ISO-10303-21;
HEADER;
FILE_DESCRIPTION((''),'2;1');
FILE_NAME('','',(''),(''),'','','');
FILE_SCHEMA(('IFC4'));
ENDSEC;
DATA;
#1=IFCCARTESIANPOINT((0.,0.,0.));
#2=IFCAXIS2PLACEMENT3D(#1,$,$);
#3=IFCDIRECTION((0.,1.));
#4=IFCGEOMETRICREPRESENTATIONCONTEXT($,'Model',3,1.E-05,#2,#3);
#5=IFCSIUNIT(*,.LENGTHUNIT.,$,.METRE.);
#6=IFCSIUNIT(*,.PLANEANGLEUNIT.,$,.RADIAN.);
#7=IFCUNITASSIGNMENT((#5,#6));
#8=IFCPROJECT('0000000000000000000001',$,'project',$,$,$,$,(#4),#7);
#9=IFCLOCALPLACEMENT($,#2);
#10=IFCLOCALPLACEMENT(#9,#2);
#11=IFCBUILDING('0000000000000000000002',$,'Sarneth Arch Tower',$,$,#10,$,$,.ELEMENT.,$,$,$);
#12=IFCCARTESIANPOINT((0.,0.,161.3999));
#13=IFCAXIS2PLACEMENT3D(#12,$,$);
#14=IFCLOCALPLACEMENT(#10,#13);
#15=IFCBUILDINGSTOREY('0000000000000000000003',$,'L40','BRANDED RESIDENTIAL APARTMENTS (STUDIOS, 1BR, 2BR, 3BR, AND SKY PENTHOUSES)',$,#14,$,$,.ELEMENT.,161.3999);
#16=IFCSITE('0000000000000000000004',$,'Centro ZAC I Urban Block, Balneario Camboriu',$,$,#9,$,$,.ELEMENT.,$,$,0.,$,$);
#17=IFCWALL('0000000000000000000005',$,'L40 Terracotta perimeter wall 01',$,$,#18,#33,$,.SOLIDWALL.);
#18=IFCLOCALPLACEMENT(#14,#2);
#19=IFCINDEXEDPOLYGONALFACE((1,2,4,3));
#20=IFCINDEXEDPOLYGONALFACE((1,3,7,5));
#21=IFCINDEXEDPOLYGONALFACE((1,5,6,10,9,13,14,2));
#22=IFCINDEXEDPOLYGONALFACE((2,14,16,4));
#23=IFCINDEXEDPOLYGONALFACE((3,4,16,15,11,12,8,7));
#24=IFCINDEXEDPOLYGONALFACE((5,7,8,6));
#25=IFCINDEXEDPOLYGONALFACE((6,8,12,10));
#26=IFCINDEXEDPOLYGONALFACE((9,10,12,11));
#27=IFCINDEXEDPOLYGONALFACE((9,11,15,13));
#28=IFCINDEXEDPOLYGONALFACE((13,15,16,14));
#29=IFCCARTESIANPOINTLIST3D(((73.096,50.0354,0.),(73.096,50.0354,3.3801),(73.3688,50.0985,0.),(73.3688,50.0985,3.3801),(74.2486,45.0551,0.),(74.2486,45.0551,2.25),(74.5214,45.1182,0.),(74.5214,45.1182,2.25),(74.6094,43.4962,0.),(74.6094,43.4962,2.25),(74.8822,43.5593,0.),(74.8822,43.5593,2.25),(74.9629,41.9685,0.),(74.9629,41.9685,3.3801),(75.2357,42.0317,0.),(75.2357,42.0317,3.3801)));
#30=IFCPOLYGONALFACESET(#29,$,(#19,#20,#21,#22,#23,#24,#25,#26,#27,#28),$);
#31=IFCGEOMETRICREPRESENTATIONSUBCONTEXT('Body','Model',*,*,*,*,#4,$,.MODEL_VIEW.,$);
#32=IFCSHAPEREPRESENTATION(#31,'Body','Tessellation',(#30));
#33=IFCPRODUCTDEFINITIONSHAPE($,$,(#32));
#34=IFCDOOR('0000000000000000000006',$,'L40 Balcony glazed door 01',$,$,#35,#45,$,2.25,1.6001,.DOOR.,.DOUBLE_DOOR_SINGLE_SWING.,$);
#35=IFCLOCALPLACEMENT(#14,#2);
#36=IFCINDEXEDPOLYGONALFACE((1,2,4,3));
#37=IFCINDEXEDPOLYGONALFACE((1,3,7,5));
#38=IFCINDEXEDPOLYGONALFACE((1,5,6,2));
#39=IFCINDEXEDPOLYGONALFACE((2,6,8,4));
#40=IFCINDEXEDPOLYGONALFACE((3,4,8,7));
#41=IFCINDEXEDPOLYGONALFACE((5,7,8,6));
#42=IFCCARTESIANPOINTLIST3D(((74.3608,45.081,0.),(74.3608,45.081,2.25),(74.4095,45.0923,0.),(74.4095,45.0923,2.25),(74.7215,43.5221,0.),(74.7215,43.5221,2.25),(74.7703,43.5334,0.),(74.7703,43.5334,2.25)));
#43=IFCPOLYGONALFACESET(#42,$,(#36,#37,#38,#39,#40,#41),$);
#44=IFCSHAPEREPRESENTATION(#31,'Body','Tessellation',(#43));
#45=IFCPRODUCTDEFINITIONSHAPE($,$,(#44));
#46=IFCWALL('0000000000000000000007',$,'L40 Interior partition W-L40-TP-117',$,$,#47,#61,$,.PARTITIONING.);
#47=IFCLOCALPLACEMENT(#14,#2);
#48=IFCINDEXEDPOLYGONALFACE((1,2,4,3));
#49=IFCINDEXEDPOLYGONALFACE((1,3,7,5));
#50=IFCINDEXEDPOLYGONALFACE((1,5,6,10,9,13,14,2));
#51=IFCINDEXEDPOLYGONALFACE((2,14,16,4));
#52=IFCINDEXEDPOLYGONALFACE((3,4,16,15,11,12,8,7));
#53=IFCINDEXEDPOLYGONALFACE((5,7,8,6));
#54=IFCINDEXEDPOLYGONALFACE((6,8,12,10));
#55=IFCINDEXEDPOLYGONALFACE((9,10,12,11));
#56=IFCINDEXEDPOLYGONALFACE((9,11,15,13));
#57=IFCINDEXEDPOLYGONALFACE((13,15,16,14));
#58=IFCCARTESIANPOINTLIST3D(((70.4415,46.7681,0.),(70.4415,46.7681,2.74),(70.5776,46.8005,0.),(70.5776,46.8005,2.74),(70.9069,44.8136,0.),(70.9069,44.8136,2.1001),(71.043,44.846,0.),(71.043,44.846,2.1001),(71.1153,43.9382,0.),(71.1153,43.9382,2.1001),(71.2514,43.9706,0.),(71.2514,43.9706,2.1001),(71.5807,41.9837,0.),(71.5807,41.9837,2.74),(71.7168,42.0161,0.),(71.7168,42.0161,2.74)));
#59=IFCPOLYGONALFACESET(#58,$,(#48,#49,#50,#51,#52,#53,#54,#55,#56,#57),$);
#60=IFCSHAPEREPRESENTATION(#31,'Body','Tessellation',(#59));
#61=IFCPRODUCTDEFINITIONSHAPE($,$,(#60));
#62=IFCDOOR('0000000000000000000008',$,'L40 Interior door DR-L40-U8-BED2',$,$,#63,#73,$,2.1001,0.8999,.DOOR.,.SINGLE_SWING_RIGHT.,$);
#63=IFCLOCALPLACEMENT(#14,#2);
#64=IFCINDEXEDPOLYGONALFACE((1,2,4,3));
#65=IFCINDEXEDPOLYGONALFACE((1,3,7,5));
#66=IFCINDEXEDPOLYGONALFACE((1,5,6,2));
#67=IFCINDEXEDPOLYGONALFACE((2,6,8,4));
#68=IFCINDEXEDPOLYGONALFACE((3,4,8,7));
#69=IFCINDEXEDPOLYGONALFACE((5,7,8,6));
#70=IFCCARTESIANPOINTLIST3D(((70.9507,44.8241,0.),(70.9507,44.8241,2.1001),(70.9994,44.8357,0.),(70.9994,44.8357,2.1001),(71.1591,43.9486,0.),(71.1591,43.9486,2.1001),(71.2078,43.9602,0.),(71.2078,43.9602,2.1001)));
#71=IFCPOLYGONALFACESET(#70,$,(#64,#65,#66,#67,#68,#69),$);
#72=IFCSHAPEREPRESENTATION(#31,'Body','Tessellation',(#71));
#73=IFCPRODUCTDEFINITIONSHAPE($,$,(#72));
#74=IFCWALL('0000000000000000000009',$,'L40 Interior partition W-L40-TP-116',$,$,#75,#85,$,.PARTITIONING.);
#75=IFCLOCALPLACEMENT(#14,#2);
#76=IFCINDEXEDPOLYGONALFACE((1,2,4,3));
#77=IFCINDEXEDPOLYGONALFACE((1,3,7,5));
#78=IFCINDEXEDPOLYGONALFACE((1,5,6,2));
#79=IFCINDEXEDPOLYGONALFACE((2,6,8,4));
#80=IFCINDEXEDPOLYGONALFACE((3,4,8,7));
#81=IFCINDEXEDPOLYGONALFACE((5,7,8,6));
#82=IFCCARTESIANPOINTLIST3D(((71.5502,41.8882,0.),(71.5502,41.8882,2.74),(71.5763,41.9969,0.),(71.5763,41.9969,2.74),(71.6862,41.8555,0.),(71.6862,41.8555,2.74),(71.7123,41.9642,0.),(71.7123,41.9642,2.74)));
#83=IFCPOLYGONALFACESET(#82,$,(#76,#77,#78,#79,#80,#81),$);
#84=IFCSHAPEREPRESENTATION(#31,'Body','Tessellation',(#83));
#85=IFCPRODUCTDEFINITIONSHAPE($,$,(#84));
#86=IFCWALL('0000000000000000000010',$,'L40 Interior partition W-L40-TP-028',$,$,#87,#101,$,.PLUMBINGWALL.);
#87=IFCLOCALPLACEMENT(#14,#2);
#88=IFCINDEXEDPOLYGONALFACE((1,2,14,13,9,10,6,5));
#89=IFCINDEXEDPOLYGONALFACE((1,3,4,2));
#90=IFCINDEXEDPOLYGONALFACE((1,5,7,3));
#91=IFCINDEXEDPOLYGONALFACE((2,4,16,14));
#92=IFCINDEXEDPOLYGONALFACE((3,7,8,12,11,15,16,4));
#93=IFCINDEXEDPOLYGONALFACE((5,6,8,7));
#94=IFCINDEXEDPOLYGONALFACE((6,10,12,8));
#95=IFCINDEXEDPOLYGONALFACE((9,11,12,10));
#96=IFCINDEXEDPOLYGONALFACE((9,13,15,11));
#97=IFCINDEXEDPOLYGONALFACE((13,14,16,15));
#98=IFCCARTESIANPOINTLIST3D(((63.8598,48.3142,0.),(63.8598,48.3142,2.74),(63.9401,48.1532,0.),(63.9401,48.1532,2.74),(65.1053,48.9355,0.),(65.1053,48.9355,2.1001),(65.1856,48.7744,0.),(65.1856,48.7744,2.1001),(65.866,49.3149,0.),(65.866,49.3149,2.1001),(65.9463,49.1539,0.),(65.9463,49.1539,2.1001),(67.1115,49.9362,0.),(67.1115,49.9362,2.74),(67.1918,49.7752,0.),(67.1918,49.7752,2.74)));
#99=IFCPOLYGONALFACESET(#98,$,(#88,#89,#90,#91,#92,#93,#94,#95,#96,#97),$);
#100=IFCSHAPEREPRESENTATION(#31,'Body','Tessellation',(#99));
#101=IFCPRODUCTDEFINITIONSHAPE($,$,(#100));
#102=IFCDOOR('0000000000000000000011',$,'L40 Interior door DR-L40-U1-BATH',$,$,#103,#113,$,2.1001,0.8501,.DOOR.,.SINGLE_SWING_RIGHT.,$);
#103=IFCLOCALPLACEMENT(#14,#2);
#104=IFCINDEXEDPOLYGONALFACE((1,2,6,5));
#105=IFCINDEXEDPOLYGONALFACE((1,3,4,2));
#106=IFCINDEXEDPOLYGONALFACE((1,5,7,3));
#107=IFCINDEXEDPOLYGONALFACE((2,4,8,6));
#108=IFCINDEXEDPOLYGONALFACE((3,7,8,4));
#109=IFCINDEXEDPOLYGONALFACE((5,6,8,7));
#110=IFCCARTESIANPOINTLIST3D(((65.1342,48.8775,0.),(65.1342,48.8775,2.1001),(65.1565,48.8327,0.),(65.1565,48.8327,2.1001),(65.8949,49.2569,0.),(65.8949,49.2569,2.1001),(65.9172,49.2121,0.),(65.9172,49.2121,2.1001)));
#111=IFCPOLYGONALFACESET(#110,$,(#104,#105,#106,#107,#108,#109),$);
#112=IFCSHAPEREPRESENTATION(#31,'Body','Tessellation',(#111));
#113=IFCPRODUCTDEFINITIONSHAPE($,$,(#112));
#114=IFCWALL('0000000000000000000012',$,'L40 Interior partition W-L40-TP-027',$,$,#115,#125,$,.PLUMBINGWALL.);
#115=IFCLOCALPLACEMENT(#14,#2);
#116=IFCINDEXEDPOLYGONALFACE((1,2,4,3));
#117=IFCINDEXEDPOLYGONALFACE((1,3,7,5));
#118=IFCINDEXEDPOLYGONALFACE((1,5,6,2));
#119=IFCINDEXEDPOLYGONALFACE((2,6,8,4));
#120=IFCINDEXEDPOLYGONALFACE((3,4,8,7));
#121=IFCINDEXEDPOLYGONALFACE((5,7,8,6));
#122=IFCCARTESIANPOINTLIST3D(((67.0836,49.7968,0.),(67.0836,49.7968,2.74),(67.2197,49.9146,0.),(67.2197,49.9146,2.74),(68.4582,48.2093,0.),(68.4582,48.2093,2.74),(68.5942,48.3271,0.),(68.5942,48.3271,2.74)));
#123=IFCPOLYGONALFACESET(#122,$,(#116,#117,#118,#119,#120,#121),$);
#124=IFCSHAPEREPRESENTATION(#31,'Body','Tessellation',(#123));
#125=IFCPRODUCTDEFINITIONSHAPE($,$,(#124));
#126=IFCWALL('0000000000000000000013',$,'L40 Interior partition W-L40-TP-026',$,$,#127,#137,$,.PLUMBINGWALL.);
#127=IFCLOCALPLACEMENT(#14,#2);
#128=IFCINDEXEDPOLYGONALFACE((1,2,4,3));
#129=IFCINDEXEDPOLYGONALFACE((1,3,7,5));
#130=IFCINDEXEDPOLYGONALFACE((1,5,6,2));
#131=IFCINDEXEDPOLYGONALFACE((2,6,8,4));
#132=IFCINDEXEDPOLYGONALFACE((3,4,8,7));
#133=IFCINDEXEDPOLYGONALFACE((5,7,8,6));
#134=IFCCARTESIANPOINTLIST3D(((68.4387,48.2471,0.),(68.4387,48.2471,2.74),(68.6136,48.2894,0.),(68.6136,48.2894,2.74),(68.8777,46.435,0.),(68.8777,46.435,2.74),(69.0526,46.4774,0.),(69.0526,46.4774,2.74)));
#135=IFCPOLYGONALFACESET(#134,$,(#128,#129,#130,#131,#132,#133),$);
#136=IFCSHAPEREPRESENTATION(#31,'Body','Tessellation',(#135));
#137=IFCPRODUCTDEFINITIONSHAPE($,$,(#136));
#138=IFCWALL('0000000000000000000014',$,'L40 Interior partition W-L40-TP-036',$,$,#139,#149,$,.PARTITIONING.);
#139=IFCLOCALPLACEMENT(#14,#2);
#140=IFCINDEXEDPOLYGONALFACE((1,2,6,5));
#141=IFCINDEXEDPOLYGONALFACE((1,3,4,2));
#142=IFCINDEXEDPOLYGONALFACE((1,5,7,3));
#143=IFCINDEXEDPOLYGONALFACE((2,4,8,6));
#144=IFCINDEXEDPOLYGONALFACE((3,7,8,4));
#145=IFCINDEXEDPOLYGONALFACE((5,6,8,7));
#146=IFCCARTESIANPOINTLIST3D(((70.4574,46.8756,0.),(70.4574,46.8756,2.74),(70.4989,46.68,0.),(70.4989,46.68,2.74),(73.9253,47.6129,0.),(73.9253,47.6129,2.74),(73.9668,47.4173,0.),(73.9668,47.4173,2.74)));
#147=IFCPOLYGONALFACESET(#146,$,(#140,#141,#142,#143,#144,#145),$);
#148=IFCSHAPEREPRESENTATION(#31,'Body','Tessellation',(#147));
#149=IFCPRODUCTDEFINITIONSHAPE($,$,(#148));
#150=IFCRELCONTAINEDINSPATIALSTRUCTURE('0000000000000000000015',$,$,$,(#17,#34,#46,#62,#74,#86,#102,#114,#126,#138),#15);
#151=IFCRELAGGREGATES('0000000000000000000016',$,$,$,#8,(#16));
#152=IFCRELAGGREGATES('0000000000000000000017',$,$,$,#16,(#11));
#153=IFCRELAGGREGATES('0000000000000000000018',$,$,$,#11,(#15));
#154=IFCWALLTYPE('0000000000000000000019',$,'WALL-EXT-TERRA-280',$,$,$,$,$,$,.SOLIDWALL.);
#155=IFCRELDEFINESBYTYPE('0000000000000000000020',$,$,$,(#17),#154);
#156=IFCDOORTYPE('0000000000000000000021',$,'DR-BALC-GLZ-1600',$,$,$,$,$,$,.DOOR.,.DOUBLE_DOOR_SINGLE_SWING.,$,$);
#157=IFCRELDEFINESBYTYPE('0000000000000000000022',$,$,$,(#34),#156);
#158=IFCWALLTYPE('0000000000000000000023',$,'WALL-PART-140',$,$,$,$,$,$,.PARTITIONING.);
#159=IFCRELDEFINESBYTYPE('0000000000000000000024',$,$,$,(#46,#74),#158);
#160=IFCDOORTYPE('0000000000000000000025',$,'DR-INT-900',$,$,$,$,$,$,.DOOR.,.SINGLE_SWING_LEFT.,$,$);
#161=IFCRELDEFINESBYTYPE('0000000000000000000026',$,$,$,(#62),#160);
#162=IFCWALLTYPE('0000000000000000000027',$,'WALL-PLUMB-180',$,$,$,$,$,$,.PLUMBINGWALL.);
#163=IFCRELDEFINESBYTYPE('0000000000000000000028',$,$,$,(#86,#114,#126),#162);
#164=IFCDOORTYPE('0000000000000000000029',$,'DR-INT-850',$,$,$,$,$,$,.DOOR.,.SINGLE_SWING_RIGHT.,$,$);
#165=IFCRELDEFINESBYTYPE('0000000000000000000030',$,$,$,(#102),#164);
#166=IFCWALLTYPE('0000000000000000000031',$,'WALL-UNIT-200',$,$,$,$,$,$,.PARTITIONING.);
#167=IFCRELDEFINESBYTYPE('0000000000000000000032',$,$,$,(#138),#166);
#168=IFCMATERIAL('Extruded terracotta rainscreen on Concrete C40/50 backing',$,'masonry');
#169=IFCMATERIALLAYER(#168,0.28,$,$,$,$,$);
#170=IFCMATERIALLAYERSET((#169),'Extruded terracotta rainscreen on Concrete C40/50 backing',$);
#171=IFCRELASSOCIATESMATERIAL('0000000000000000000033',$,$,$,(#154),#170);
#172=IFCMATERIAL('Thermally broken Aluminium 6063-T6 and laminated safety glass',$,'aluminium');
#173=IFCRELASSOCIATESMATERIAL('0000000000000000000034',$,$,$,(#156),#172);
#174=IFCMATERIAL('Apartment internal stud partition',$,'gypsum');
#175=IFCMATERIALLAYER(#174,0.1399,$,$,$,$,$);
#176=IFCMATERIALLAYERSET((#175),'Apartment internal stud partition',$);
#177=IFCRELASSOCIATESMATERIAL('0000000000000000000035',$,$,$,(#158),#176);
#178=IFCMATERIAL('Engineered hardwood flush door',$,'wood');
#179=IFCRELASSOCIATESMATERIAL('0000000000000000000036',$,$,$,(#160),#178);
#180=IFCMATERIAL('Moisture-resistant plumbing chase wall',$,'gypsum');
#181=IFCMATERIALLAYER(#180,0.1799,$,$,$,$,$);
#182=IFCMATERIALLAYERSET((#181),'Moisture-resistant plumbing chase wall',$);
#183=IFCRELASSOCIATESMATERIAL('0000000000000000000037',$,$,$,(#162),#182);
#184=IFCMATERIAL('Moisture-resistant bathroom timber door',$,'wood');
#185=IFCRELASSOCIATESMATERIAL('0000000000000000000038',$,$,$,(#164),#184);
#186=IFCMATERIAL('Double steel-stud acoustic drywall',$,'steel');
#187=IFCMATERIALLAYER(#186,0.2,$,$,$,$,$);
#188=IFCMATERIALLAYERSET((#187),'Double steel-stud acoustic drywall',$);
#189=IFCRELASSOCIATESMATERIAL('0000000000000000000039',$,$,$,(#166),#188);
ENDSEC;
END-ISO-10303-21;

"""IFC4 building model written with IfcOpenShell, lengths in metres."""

from ifc_helpers import new_model, si_unit, direction, frame, frame_2d, origin, place, context, subcontext, project, spatial, rectangle, extrude, material, layer, layer_set, type_object, element, fill, save


model = new_model("IFC4")

# Units and contexts
model_context = context("Model", 3, precision=1e-05, world=origin(), true_north=direction((0.0, 1.0)))
body_context = subcontext(model_context, "Body", "Model", "MODEL_VIEW")
ifc_project = project(units=[si_unit("LENGTHUNIT", "METRE"), si_unit("PLANEANGLEUNIT", "RADIAN")], contexts=[model_context])

# Site, building, storey
site_placement = place(None, origin())
site = spatial("IfcSite", under=ifc_project, at=site_placement, Name="Centro ZAC I Urban Block, Balneario Camboriu", CompositionType="ELEMENT", RefElevation=0.0)
building_placement = place(site_placement, origin())
building = spatial("IfcBuilding", under=site, at=building_placement, Name="Sarneth Arch Tower", CompositionType="ELEMENT")
storey_placement = place(building_placement, frame((0.0, 0.0, 161.3999)))
storey = spatial("IfcBuildingStorey", under=building, at=storey_placement, Name="L40", Description="BRANDED RESIDENTIAL APARTMENTS (STUDIOS, 1BR, 2BR, 3BR, AND SKY PENTHOUSES)", CompositionType="ELEMENT", Elevation=161.3999)

# Walls, openings, doors
ifc_material_1 = material(Name="Extruded terracotta rainscreen on Concrete C40/50 backing", Category="masonry")
ifc_layer_1 = layer(ifc_material_1, 0.28)
ifc_layer_set_1 = layer_set([ifc_layer_1], Name="Extruded terracotta rainscreen on Concrete C40/50 backing")
wall_type_1 = type_object("IfcWallType", Name="WALL-EXT-TERRA-280", PredefinedType="SOLIDWALL", material=ifc_layer_set_1)
wall_1_placement = place(storey_placement, frame((75.0994, 42.0, 0.0), z_axis=(0.0, 0.0, 1.0), x_axis=(-0.225473, 0.974249, 0.0)))
wall_1 = element("IfcWall", 1, at=wall_1_placement, inside=storey, type_object=wall_type_1, Name="L40 Terracotta perimeter wall 01", PredefinedType="SOLIDWALL", context=body_context, shape_type="SweptSolid", body=[
    extrude(rectangle(XDim=8.28, YDim=0.28, at=frame_2d((4.1401, 0.0))), origin(), (0.0, 0.0, 1.0), 3.3801),
])
opening_1_placement = place(wall_1_placement, frame((1.5681, 0.0, 0.0)))
opening_1 = element("IfcOpeningElement", 2, at=opening_1_placement, cuts=wall_1, PredefinedType="OPENING", context=body_context, shape_type="SweptSolid", body=[
    extrude(rectangle(XDim=1.6001, YDim=2.25, at=frame_2d((0.8, 1.125))), frame((0.0, 0.1499, 0.0), z_axis=(0.0, -1.0, 0.0), x_axis=(1.0, 0.0, 0.0)), (0.0, 0.0, 1.0), 0.3),
])
ifc_material_2 = material(Name="Thermally broken Aluminium 6063-T6 and laminated safety glass", Category="aluminium")
door_type_1 = type_object("IfcDoorType", Name="DR-BALC-GLZ-1600", OperationType="DOUBLE_DOOR_SINGLE_SWING", PredefinedType="DOOR", material=ifc_material_2)
door_1_placement = place(opening_1_placement, origin())
door_1 = element("IfcDoor", 3, at=door_1_placement, inside=storey, type_object=door_type_1, Name="L40 Balcony glazed door 01", OperationType="DOUBLE_DOOR_SINGLE_SWING", OverallHeight=2.25, OverallWidth=1.6001, PredefinedType="DOOR", context=body_context, shape_type="SweptSolid", body=[
    extrude(rectangle(XDim=1.6001, YDim=2.25, at=frame_2d((0.8, 1.125))), frame((0.0, 0.0249, 0.0), z_axis=(0.0, -1.0, 0.0), x_axis=(1.0, 0.0, 0.0)), (0.0, 0.0, 1.0), 0.05),
])
fill(opening_1, door_1)
ifc_material_3 = material(Name="Apartment internal stud partition", Category="gypsum")
ifc_layer_2 = layer(ifc_material_3, 0.1399)
ifc_layer_set_2 = layer_set([ifc_layer_2], Name="Apartment internal stud partition")
wall_type_2 = type_object("IfcWallType", Name="WALL-PART-140", PredefinedType="PARTITIONING", material=ifc_layer_set_2)
wall_2_placement = place(storey_placement, frame((71.6487, 42.0, 0.0), z_axis=(0.0, 0.0, 1.0), x_axis=(-0.231623, 0.972806, 0.0)))
wall_2 = element("IfcWall", 4, at=wall_2_placement, inside=storey, type_object=wall_type_2, Name="L40 Interior partition W-L40-TP-117", PredefinedType="PARTITIONING", context=body_context, shape_type="SweptSolid", body=[
    extrude(rectangle(XDim=4.9182, YDim=0.1399, at=frame_2d((2.459, 0.0))), origin(), (0.0, 0.0, 1.0), 2.74),
])
opening_2_placement = place(wall_2_placement, frame((2.009, 0.0, 0.0)))
opening_2 = element("IfcOpeningElement", 5, at=opening_2_placement, cuts=wall_2, PredefinedType="OPENING", context=body_context, shape_type="SweptSolid", body=[
    extrude(rectangle(XDim=0.8999, YDim=2.1001, at=frame_2d((0.45, 1.05))), frame((0.0, 0.0798, 0.0), z_axis=(0.0, -1.0, 0.0), x_axis=(1.0, 0.0, 0.0)), (0.0, 0.0, 1.0), 0.1599),
])
ifc_material_4 = material(Name="Engineered hardwood flush door", Category="wood")
door_type_2 = type_object("IfcDoorType", Name="DR-INT-900", OperationType="SINGLE_SWING_LEFT", PredefinedType="DOOR", material=ifc_material_4)
door_2_placement = place(opening_2_placement, origin())
door_2 = element("IfcDoor", 6, at=door_2_placement, inside=storey, type_object=door_type_2, Name="L40 Interior door DR-L40-U8-BED2", OperationType="SINGLE_SWING_RIGHT", OverallHeight=2.1001, OverallWidth=0.8999, PredefinedType="DOOR", context=body_context, shape_type="SweptSolid", body=[
    extrude(rectangle(XDim=0.8999, YDim=2.1001, at=frame_2d((0.45, 1.05))), frame((0.0, 0.0249, 0.0), z_axis=(0.0, -1.0, 0.0), x_axis=(1.0, 0.0, 0.0)), (0.0, 0.0, 1.0), 0.05),
])
fill(opening_2, door_2)

# Wall
wall_3_placement = place(storey_placement, frame((71.6182, 41.8718, 0.0), z_axis=(0.0, 0.0, 1.0), x_axis=(0.233786, 0.972288, 0.0)))
element("IfcWall", 7, at=wall_3_placement, inside=storey, type_object=wall_type_2, Name="L40 Interior partition W-L40-TP-116", PredefinedType="PARTITIONING", context=body_context, shape_type="SweptSolid", body=[
    extrude(rectangle(XDim=0.1118, YDim=0.1399, at=frame_2d((0.0559, 0.0))), origin(), (0.0, 0.0, 1.0), 2.74),
])

# Wall, opening, door
ifc_material_5 = material(Name="Moisture-resistant plumbing chase wall", Category="gypsum")
ifc_layer_3 = layer(ifc_material_5, 0.1799)
ifc_layer_set_3 = layer_set([ifc_layer_3], Name="Moisture-resistant plumbing chase wall")
wall_type_3 = type_object("IfcWallType", Name="WALL-PLUMB-180", PredefinedType="PLUMBINGWALL", material=ifc_layer_set_3)
wall_4_placement = place(storey_placement, frame((67.1516, 49.8557, 0.0), z_axis=(0.0, 0.0, 1.0), x_axis=(-0.894843, -0.44638, 0.0)))
wall_4 = element("IfcWall", 8, at=wall_4_placement, inside=storey, type_object=wall_type_3, Name="L40 Interior partition W-L40-TP-028", PredefinedType="PLUMBINGWALL", context=body_context, shape_type="SweptSolid", body=[
    extrude(rectangle(XDim=3.6338, YDim=0.1799, at=frame_2d((1.8169, 0.0))), origin(), (0.0, 0.0, 1.0), 2.74),
])
opening_3_placement = place(wall_4_placement, frame((1.3918, 0.0, 0.0)))
opening_3 = element("IfcOpeningElement", 9, at=opening_3_placement, cuts=wall_4, PredefinedType="OPENING", context=body_context, shape_type="SweptSolid", body=[
    extrude(rectangle(XDim=0.8501, YDim=2.1001, at=frame_2d((0.425, 1.05))), frame((0.0, 0.0999, 0.0), z_axis=(0.0, -1.0, 0.0), x_axis=(1.0, 0.0, 0.0)), (0.0, 0.0, 1.0), 0.2),
])
ifc_material_6 = material(Name="Moisture-resistant bathroom timber door", Category="wood")
door_type_3 = type_object("IfcDoorType", Name="DR-INT-850", OperationType="SINGLE_SWING_RIGHT", PredefinedType="DOOR", material=ifc_material_6)
door_3_placement = place(opening_3_placement, origin())
door_3 = element("IfcDoor", 10, at=door_3_placement, inside=storey, type_object=door_type_3, Name="L40 Interior door DR-L40-U1-BATH", OperationType="SINGLE_SWING_RIGHT", OverallHeight=2.1001, OverallWidth=0.8501, PredefinedType="DOOR", context=body_context, shape_type="SweptSolid", body=[
    extrude(rectangle(XDim=0.8501, YDim=2.1001, at=frame_2d((0.425, 1.05))), frame((0.0, 0.0249, 0.0), z_axis=(0.0, -1.0, 0.0), x_axis=(1.0, 0.0, 0.0)), (0.0, 0.0, 1.0), 0.05),
])
fill(opening_3, door_3)

# Walls
wall_5_placement = place(storey_placement, frame((68.5261, 48.2683, 0.0), z_axis=(0.0, 0.0, 1.0), x_axis=(-0.654594, 0.755981, 0.0)))
element("IfcWall", 11, at=wall_5_placement, inside=storey, type_object=wall_type_3, Name="L40 Interior partition W-L40-TP-027", PredefinedType="PLUMBINGWALL", context=body_context, shape_type="SweptSolid", body=[
    extrude(rectangle(XDim=2.0999, YDim=0.1799, at=frame_2d((1.0498, 0.0))), origin(), (0.0, 0.0, 1.0), 2.74),
])
wall_6_placement = place(storey_placement, frame((68.9651, 46.4563, 0.0), z_axis=(0.0, 0.0, 1.0), x_axis=(-0.235443, 0.971888, 0.0)))
element("IfcWall", 12, at=wall_6_placement, inside=storey, type_object=wall_type_3, Name="L40 Interior partition W-L40-TP-026", PredefinedType="PLUMBINGWALL", context=body_context, shape_type="SweptSolid", body=[
    extrude(rectangle(XDim=1.8645, YDim=0.1799, at=frame_2d((0.9321, 0.0))), origin(), (0.0, 0.0, 1.0), 2.74),
])
ifc_material_7 = material(Name="Double steel-stud acoustic drywall", Category="steel")
ifc_layer_4 = layer(ifc_material_7, 0.2)
ifc_layer_set_4 = layer_set([ifc_layer_4], Name="Double steel-stud acoustic drywall")
wall_type_4 = type_object("IfcWallType", Name="WALL-UNIT-200", PredefinedType="PARTITIONING", material=ifc_layer_set_4)
wall_7_placement = place(storey_placement, frame((73.946, 47.5151, 0.0), z_axis=(0.0, 0.0, 1.0), x_axis=(-0.978136, -0.207967, 0.0)))
element("IfcWall", 13, at=wall_7_placement, inside=storey, type_object=wall_type_4, Name="L40 Interior partition W-L40-TP-036", PredefinedType="PARTITIONING", context=body_context, shape_type="SweptSolid", body=[
    extrude(rectangle(XDim=3.5454, YDim=0.2, at=frame_2d((1.7727, 0.0))), origin(), (0.0, 0.0, 1.0), 2.74),
])

save(model, "model.ifc")
